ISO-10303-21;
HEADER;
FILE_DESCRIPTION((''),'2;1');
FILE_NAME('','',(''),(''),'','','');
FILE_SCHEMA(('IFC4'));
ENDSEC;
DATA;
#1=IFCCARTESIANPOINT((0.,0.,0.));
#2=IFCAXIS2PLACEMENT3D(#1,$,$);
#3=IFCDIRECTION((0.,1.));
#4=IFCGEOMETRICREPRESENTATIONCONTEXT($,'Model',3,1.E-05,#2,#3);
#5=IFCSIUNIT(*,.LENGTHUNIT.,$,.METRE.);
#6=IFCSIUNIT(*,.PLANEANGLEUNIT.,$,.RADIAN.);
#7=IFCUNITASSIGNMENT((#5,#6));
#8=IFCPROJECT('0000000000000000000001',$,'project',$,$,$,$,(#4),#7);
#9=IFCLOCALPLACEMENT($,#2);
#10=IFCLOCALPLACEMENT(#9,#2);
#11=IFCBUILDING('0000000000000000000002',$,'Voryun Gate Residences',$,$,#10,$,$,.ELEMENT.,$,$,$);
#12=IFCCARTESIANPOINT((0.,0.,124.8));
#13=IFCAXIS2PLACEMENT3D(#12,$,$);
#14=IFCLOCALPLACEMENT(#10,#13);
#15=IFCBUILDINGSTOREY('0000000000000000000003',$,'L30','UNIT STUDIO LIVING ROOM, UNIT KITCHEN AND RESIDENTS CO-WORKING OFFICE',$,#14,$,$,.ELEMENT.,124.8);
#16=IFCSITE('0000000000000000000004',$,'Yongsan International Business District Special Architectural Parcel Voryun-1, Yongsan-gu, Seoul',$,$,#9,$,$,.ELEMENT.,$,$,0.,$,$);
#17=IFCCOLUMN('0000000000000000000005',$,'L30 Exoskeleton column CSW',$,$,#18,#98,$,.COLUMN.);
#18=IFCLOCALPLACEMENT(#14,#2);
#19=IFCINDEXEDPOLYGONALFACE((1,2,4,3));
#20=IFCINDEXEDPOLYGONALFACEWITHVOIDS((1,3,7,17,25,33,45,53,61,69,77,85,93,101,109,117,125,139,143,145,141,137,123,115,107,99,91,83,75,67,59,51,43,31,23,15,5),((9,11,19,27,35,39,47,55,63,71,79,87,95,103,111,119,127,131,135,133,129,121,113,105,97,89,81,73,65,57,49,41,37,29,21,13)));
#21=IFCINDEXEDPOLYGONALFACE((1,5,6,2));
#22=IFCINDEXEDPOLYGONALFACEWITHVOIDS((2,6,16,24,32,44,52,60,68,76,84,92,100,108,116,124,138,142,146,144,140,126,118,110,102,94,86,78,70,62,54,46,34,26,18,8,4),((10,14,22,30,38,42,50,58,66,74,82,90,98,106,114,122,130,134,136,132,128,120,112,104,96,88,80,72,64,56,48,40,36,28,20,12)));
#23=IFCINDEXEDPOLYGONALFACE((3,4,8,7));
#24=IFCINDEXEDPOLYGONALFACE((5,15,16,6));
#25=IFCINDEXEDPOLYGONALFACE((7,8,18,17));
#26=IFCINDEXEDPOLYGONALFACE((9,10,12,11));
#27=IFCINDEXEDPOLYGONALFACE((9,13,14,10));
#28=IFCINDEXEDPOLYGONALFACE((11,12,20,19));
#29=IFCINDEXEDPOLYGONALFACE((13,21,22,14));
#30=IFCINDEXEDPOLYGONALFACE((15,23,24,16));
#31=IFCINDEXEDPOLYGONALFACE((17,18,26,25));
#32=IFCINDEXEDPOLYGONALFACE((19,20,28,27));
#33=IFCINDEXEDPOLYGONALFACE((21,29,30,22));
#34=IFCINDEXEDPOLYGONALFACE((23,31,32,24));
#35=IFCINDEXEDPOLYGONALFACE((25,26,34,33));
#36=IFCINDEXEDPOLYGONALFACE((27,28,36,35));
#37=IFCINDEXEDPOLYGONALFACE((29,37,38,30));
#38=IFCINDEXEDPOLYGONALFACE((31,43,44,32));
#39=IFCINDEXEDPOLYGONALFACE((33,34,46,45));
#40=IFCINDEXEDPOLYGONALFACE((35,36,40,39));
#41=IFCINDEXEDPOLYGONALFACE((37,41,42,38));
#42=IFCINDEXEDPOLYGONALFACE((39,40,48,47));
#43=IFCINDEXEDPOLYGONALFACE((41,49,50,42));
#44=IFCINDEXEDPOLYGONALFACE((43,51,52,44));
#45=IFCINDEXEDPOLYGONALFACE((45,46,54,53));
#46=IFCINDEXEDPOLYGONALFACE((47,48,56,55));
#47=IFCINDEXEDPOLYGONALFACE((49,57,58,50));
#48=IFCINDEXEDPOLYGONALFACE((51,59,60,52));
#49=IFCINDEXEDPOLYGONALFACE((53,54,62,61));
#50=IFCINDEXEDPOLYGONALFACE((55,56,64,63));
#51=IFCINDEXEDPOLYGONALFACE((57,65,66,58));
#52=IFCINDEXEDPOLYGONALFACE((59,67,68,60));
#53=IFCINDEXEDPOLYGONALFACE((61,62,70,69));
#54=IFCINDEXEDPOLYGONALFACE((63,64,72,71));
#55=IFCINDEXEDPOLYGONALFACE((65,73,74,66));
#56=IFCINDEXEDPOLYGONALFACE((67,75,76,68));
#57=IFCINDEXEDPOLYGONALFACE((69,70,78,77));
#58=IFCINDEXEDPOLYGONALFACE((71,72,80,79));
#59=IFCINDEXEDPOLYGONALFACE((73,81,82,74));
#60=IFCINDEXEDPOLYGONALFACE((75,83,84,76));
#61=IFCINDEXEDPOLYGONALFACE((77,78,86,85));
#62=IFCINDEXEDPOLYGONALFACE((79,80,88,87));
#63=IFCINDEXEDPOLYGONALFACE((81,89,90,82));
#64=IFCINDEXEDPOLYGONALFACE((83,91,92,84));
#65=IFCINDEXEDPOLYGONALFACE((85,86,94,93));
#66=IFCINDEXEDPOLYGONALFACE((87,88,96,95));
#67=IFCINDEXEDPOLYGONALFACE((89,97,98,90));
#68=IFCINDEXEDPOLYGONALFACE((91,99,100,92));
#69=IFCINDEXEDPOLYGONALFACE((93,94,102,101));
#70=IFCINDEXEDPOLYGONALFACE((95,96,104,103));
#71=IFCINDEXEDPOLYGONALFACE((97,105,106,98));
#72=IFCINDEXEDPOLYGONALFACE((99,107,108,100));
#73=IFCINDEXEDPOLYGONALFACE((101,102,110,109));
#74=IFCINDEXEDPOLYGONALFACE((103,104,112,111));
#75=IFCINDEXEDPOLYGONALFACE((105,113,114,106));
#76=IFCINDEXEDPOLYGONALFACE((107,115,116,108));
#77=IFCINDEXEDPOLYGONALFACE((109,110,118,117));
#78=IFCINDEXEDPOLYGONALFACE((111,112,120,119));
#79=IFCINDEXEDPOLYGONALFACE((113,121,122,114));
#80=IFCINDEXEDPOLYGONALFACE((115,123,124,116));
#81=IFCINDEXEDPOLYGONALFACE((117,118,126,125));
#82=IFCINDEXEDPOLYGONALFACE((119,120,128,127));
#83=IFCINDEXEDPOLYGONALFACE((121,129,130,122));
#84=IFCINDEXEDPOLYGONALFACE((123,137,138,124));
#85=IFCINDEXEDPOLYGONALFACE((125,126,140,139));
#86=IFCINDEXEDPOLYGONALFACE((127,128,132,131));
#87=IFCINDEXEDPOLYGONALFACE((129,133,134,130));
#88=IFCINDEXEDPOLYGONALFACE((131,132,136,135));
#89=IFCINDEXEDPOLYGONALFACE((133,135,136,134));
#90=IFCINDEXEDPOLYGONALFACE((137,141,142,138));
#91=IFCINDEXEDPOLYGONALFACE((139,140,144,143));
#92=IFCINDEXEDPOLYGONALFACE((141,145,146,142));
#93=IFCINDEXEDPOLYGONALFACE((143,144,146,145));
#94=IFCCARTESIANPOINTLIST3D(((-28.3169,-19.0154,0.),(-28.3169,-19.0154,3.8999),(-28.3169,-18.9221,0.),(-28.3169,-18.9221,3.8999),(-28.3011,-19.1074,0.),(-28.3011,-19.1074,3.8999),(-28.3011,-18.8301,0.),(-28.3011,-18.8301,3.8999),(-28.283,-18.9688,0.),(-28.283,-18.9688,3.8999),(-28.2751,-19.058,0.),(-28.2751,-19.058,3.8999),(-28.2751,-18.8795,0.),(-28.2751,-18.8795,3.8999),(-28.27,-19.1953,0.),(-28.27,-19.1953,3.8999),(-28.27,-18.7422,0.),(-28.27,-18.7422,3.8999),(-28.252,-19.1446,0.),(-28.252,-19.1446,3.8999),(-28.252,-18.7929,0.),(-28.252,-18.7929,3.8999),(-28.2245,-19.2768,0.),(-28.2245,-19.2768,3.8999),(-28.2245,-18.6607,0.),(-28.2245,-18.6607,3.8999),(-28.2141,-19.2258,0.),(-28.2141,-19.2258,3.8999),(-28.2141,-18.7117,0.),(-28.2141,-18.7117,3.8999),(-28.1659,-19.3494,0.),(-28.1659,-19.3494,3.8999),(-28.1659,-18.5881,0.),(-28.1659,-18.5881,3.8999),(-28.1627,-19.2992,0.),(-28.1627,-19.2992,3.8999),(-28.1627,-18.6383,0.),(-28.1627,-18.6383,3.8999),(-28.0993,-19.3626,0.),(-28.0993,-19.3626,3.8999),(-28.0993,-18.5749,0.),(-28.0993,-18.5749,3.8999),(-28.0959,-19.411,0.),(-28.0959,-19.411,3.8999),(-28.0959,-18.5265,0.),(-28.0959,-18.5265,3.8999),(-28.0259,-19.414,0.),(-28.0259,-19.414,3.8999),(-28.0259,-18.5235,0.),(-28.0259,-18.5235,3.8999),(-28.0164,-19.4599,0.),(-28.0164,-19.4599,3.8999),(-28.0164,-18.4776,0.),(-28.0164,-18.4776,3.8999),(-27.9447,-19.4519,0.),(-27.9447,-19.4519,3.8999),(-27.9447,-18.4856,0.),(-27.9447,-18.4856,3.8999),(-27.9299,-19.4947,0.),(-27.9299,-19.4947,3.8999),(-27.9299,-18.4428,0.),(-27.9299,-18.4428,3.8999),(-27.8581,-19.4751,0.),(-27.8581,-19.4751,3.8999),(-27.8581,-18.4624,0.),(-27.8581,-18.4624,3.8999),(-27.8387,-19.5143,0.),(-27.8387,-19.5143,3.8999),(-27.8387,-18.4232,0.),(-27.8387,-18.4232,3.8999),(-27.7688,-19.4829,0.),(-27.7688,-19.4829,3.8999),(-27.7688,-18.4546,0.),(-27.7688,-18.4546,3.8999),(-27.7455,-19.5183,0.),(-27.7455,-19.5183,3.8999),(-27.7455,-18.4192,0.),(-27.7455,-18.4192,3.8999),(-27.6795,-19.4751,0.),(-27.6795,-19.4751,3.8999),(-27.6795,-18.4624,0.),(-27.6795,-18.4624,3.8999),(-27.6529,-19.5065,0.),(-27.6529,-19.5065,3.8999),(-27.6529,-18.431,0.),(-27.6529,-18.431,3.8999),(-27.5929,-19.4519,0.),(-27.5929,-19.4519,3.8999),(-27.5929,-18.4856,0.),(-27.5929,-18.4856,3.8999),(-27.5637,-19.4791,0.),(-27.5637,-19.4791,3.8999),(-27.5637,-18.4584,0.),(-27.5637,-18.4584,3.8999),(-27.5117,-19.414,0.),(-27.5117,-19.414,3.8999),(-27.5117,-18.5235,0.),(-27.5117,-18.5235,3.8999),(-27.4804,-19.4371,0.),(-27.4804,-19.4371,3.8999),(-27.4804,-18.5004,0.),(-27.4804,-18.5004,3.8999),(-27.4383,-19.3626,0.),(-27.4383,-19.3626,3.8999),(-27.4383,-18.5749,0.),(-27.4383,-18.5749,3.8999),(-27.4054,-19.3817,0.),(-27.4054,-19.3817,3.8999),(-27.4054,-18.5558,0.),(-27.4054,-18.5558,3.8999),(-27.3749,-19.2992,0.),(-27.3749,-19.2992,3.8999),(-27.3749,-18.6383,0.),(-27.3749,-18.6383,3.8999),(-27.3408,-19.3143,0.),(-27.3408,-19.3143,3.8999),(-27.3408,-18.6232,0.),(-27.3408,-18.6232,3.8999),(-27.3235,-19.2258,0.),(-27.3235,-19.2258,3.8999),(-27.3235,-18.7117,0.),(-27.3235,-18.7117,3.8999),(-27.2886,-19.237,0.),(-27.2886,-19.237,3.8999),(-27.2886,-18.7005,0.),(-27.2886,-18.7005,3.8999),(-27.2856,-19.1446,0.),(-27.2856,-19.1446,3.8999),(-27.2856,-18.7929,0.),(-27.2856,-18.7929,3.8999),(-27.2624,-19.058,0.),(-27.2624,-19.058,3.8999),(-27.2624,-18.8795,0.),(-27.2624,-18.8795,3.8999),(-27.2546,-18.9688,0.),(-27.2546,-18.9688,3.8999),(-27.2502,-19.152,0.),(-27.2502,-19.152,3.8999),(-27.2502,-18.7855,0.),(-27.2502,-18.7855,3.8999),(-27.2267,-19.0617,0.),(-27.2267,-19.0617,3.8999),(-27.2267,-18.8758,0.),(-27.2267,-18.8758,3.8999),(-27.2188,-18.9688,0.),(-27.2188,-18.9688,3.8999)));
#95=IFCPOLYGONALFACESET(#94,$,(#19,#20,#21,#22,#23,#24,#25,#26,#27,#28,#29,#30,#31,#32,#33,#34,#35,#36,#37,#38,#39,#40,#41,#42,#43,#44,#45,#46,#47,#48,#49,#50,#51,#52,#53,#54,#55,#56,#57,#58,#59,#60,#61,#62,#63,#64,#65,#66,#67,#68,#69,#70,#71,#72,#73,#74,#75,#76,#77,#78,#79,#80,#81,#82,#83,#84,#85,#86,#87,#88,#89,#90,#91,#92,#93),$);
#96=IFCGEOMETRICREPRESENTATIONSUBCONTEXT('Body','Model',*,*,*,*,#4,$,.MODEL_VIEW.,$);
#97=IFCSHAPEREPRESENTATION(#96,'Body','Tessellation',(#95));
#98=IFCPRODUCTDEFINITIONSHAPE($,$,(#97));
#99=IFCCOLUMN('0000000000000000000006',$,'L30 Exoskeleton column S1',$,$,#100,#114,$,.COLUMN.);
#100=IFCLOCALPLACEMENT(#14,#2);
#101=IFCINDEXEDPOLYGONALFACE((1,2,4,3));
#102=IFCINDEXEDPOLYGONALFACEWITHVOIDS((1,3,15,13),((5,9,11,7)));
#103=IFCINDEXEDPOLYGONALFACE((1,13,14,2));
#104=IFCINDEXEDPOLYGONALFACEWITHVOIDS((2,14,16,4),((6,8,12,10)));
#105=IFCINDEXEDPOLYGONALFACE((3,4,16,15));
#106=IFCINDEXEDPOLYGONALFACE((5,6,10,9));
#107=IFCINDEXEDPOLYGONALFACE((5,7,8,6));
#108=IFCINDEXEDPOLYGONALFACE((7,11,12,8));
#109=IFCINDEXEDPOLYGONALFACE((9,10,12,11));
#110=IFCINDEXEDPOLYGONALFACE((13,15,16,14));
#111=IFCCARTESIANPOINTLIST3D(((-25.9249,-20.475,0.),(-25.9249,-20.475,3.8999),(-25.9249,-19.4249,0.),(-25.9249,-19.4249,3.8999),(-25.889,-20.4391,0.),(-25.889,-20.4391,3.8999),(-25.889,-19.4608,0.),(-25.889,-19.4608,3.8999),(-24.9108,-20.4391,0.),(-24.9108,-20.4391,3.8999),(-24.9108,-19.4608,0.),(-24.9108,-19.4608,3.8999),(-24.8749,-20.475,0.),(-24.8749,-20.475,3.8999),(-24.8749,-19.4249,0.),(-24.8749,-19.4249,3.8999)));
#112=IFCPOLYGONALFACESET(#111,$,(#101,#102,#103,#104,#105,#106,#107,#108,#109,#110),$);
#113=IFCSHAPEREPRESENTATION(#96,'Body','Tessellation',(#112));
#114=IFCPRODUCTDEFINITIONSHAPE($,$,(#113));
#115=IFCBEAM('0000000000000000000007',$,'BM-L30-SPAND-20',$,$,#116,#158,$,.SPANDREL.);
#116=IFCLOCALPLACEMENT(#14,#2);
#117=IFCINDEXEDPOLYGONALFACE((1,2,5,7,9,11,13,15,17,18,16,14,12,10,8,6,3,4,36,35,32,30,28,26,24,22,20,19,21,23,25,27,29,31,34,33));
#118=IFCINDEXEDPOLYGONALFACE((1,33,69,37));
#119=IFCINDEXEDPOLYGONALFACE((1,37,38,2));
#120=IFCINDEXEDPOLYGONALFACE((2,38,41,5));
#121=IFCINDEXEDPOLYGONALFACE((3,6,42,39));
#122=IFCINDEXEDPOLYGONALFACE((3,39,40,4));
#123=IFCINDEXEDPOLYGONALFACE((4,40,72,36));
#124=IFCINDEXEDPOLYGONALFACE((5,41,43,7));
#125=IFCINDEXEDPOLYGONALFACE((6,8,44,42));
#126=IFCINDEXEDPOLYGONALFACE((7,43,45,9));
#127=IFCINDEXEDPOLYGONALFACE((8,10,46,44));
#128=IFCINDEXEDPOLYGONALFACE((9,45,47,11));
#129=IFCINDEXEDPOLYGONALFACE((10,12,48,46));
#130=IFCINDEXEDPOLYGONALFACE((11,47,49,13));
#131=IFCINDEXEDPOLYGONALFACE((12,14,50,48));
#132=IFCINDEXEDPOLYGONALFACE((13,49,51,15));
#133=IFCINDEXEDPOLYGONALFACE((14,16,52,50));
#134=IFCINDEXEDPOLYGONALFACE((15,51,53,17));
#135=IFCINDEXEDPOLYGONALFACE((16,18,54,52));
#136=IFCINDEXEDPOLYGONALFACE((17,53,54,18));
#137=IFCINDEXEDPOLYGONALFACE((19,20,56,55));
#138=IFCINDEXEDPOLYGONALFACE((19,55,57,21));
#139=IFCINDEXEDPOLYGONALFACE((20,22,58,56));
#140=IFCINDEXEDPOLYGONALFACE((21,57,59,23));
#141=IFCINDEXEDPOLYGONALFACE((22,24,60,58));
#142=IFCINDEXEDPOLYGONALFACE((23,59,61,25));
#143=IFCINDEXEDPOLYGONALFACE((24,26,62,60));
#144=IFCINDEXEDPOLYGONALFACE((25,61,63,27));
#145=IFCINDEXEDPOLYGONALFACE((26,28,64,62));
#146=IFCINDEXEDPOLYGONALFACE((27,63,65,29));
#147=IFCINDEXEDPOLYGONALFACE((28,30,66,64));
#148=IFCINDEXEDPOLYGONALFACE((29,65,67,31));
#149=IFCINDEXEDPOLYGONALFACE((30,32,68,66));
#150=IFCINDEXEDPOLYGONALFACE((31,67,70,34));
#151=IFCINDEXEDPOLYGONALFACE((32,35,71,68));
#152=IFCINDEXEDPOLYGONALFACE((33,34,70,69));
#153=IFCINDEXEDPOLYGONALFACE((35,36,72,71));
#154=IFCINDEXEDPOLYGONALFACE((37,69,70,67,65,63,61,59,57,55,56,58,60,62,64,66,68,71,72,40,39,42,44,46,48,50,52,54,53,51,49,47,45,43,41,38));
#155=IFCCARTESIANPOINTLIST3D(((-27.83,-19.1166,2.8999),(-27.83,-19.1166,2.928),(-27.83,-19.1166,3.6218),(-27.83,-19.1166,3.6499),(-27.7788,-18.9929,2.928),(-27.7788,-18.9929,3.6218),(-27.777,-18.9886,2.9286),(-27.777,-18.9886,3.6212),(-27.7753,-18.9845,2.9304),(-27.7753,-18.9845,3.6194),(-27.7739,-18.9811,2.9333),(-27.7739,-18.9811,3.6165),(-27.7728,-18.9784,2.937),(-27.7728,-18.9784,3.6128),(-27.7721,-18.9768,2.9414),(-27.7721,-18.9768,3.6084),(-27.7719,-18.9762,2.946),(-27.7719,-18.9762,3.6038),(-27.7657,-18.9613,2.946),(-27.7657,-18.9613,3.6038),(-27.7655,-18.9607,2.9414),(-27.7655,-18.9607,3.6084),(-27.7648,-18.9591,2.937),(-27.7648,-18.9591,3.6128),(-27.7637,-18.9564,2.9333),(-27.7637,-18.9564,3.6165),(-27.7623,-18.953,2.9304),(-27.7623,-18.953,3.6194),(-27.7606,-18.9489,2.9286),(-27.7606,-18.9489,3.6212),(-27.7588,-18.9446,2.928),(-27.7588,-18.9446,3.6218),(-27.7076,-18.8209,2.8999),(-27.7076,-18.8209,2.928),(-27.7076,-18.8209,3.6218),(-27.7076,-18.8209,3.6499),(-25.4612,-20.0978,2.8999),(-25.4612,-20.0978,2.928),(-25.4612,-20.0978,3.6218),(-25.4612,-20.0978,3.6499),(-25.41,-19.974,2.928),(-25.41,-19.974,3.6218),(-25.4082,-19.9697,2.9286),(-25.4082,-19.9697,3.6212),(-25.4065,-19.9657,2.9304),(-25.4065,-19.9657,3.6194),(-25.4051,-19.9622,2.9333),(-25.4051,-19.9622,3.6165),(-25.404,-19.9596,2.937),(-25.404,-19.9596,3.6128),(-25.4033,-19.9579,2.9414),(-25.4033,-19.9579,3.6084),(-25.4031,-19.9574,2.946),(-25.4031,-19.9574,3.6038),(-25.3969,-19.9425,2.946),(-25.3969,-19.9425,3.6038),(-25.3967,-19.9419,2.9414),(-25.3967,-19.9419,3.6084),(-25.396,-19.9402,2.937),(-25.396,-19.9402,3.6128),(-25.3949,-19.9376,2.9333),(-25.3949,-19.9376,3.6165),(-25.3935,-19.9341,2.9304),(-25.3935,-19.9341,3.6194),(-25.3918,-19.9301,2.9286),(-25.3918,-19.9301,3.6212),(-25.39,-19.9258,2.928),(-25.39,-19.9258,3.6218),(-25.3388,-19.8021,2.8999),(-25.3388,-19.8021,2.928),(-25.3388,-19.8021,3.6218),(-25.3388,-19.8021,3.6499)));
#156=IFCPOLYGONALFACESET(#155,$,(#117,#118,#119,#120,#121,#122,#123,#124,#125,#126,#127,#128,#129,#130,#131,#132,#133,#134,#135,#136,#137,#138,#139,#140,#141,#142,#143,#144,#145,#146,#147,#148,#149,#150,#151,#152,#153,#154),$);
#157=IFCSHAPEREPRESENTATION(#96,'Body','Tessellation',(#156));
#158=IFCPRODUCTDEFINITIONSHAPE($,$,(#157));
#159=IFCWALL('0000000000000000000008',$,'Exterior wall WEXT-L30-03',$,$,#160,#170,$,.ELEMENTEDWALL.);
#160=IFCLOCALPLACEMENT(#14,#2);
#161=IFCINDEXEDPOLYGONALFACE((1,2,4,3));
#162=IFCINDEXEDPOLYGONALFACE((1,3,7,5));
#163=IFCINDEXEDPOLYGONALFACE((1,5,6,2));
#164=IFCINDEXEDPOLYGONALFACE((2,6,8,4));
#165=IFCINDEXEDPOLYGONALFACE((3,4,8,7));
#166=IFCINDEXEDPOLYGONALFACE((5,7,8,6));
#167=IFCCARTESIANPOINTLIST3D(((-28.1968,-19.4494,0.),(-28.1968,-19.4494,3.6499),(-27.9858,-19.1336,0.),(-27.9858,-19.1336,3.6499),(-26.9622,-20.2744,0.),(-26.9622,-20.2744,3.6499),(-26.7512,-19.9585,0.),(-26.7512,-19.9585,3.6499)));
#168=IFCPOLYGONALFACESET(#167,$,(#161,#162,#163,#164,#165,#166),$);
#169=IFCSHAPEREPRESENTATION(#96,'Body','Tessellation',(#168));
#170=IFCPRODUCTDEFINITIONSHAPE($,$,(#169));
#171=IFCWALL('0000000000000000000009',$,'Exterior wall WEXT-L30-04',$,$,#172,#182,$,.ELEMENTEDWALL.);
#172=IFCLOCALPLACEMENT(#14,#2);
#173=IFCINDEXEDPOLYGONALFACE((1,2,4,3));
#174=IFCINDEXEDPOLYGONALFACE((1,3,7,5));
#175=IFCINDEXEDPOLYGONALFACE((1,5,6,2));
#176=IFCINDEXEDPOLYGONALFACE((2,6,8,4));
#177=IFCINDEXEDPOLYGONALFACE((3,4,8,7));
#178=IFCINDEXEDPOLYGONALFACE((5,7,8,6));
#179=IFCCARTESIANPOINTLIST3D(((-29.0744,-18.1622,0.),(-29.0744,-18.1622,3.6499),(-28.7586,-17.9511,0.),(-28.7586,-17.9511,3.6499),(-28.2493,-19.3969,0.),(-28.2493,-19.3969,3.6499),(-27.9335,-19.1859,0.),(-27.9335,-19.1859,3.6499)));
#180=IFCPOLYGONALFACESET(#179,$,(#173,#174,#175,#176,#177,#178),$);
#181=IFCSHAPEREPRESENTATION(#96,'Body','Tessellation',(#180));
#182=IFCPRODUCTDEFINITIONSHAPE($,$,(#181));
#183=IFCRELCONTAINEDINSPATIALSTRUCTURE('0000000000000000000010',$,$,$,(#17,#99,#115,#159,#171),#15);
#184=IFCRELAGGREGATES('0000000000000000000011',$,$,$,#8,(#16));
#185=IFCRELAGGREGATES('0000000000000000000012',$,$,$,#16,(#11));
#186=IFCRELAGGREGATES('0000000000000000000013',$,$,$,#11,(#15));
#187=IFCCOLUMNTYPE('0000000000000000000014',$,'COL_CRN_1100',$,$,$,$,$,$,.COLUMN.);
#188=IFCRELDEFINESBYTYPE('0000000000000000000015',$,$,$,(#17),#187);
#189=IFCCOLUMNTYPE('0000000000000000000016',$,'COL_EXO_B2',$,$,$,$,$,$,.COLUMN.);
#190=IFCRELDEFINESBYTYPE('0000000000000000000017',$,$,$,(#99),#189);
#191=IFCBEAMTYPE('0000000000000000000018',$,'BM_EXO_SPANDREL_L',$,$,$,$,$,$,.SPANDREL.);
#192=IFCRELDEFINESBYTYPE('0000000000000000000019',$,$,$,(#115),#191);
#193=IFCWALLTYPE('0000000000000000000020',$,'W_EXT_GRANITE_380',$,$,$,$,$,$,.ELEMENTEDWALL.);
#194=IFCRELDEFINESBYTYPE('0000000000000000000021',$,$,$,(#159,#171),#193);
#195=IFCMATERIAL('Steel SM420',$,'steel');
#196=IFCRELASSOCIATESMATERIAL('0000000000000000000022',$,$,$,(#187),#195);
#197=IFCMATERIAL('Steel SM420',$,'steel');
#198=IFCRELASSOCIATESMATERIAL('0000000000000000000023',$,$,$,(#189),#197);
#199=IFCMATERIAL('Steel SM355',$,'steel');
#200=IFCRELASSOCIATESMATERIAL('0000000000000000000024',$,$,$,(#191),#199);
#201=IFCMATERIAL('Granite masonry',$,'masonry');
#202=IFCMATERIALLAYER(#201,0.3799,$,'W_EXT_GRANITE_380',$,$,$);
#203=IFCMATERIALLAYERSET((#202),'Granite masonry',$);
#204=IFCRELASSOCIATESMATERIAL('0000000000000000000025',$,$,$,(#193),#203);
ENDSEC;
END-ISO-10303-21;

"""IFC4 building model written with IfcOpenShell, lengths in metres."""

from ifc_helpers import new_model, si_unit, direction, frame, frame_2d, origin, origin_2d, place, context, subcontext, project, spatial, rectangle, hollow_rectangle, hollow_circle, i_section, extrude, material, layer, layer_set, material_profile, profile_set, type_object, element, save


model = new_model("IFC4")

# Units and contexts
model_context = context("Model", 3, precision=1e-05, world=origin(), true_north=direction((0.0, 1.0)))
body_context = subcontext(model_context, "Body", "Model", "MODEL_VIEW")
ifc_project = project(units=[si_unit("LENGTHUNIT", "METRE"), si_unit("PLANEANGLEUNIT", "RADIAN")], contexts=[model_context])

# Site, building, storey
site_placement = place(None, origin())
site = spatial("IfcSite", under=ifc_project, at=site_placement, Name="Yongsan International Business District Special Architectural Parcel Voryun-1, Yongsan-gu, Seoul", CompositionType="ELEMENT", RefElevation=0.0)
building_placement = place(site_placement, origin())
building = spatial("IfcBuilding", under=site, at=building_placement, Name="Voryun Gate Residences", CompositionType="ELEMENT")
storey_placement = place(building_placement, frame((0.0, 0.0, 124.8)))
storey = spatial("IfcBuildingStorey", under=building, at=storey_placement, Name="L30", Description="UNIT STUDIO LIVING ROOM, UNIT KITCHEN AND RESIDENTS CO-WORKING OFFICE", CompositionType="ELEMENT", Elevation=124.8)

# Columns
ifc_material_1 = material(Name="Steel SM420", Category="steel")
ifc_material_profile_1 = material_profile(ifc_material_1, hollow_circle(Radius=0.55, WallThickness=0.0359, at=origin_2d()), Name="CHS-1100x36")
ifc_profile_set_1 = profile_set([ifc_material_profile_1], Name="Steel SM420")
column_type_1 = type_object("IfcColumnType", Name="COL_CRN_1100", PredefinedType="COLUMN", material=ifc_profile_set_1)
column_1_placement = place(storey_placement, frame((-27.7688, -18.9688, 0.0), z_axis=(0.0, 0.0, 1.0), x_axis=(1.0, 0.0, 0.0)))
element("IfcColumn", 1, at=column_1_placement, inside=storey, type_object=column_type_1, Name="L30 Exoskeleton column CSW", PredefinedType="COLUMN", context=body_context, shape_type="SweptSolid", body=[
    extrude(hollow_circle(Radius=0.55, WallThickness=0.0359, at=origin_2d()), origin(), (0.0, 0.0, 1.0), 3.8999),
])
ifc_material_2 = material(Name="Steel SM420", Category="steel")
ifc_material_profile_2 = material_profile(ifc_material_2, hollow_rectangle(XDim=1.05, YDim=1.05, WallThickness=0.0359, at=origin_2d()), Name="BOX-1050x1050x36")
ifc_profile_set_2 = profile_set([ifc_material_profile_2], Name="Steel SM420")
column_type_2 = type_object("IfcColumnType", Name="COL_EXO_B2", PredefinedType="COLUMN", material=ifc_profile_set_2)
column_2_placement = place(storey_placement, frame((-25.3999, -19.95, 0.0), z_axis=(0.0, 0.0, 1.0), x_axis=(1.0, 0.0, 0.0)))
element("IfcColumn", 2, at=column_2_placement, inside=storey, type_object=column_type_2, Name="L30 Exoskeleton column S1", PredefinedType="COLUMN", context=body_context, shape_type="SweptSolid", body=[
    extrude(hollow_rectangle(XDim=1.05, YDim=1.05, WallThickness=0.0359, at=origin_2d()), origin(), (0.0, 0.0, 1.0), 3.8999),
])

# Beam
ifc_material_3 = material(Name="Steel SM355", Category="steel")
ifc_material_profile_3 = material_profile(ifc_material_3, i_section(OverallWidth=0.3201, OverallDepth=0.75, WebThickness=0.0161, FlangeThickness=0.0281, FilletRadius=0.0181, at=origin_2d()), Name="H-750x320x16x28")
ifc_profile_set_3 = profile_set([ifc_material_profile_3], Name="Steel SM355")
beam_type = type_object("IfcBeamType", Name="BM_EXO_SPANDREL_L", PredefinedType="SPANDREL", material=ifc_profile_set_3)
beam_placement = place(storey_placement, frame((-27.7688, -18.9688, 3.2749), z_axis=(0.923883, -0.382674, 0.0), x_axis=(0.382674, 0.923883, 0.0)))
element("IfcBeam", 3, at=beam_placement, inside=storey, type_object=beam_type, Name="BM-L30-SPAND-20", PredefinedType="SPANDREL", context=body_context, shape_type="SweptSolid", body=[
    extrude(i_section(OverallWidth=0.3201, OverallDepth=0.75, WebThickness=0.0161, FlangeThickness=0.0281, FilletRadius=0.0181, at=origin_2d()), origin(), (0.0, 0.0, 1.0), 2.564),
])

# Walls
ifc_material_4 = material(Name="Granite masonry", Category="masonry")
ifc_layer_1 = layer(ifc_material_4, 0.3799, Name="W_EXT_GRANITE_380")
ifc_layer_set_1 = layer_set([ifc_layer_1], Name="Granite masonry")
wall_type_1 = type_object("IfcWallType", Name="W_EXT_GRANITE_380", PredefinedType="ELEMENTEDWALL", material=ifc_layer_set_1)
wall_1_placement = place(storey_placement, frame((-26.8567, -20.1165, 0.0), z_axis=(0.0, 0.0, 1.0), x_axis=(-0.831468, 0.555573, 0.0)))
element("IfcWall", 4, at=wall_1_placement, inside=storey, type_object=wall_type_1, Name="Exterior wall WEXT-L30-03", PredefinedType="ELEMENTEDWALL", context=body_context, shape_type="SweptSolid", body=[
    extrude(rectangle(XDim=1.4849, YDim=0.3799, at=frame_2d((0.7424, 0.0))), origin(), (0.0, 0.0, 1.0), 3.6499),
])
wall_2_placement = place(storey_placement, frame((-28.0913, -19.2915, 0.0), z_axis=(0.0, 0.0, 1.0), x_axis=(-0.55561, 0.831443, 0.0)))
element("IfcWall", 5, at=wall_2_placement, inside=storey, type_object=wall_type_1, Name="Exterior wall WEXT-L30-04", PredefinedType="ELEMENTEDWALL", context=body_context, shape_type="SweptSolid", body=[
    extrude(rectangle(XDim=1.4851, YDim=0.3799, at=frame_2d((0.7427, 0.0))), origin(), (0.0, 0.0, 1.0), 3.6499),
])

save(model, "model.ifc")
